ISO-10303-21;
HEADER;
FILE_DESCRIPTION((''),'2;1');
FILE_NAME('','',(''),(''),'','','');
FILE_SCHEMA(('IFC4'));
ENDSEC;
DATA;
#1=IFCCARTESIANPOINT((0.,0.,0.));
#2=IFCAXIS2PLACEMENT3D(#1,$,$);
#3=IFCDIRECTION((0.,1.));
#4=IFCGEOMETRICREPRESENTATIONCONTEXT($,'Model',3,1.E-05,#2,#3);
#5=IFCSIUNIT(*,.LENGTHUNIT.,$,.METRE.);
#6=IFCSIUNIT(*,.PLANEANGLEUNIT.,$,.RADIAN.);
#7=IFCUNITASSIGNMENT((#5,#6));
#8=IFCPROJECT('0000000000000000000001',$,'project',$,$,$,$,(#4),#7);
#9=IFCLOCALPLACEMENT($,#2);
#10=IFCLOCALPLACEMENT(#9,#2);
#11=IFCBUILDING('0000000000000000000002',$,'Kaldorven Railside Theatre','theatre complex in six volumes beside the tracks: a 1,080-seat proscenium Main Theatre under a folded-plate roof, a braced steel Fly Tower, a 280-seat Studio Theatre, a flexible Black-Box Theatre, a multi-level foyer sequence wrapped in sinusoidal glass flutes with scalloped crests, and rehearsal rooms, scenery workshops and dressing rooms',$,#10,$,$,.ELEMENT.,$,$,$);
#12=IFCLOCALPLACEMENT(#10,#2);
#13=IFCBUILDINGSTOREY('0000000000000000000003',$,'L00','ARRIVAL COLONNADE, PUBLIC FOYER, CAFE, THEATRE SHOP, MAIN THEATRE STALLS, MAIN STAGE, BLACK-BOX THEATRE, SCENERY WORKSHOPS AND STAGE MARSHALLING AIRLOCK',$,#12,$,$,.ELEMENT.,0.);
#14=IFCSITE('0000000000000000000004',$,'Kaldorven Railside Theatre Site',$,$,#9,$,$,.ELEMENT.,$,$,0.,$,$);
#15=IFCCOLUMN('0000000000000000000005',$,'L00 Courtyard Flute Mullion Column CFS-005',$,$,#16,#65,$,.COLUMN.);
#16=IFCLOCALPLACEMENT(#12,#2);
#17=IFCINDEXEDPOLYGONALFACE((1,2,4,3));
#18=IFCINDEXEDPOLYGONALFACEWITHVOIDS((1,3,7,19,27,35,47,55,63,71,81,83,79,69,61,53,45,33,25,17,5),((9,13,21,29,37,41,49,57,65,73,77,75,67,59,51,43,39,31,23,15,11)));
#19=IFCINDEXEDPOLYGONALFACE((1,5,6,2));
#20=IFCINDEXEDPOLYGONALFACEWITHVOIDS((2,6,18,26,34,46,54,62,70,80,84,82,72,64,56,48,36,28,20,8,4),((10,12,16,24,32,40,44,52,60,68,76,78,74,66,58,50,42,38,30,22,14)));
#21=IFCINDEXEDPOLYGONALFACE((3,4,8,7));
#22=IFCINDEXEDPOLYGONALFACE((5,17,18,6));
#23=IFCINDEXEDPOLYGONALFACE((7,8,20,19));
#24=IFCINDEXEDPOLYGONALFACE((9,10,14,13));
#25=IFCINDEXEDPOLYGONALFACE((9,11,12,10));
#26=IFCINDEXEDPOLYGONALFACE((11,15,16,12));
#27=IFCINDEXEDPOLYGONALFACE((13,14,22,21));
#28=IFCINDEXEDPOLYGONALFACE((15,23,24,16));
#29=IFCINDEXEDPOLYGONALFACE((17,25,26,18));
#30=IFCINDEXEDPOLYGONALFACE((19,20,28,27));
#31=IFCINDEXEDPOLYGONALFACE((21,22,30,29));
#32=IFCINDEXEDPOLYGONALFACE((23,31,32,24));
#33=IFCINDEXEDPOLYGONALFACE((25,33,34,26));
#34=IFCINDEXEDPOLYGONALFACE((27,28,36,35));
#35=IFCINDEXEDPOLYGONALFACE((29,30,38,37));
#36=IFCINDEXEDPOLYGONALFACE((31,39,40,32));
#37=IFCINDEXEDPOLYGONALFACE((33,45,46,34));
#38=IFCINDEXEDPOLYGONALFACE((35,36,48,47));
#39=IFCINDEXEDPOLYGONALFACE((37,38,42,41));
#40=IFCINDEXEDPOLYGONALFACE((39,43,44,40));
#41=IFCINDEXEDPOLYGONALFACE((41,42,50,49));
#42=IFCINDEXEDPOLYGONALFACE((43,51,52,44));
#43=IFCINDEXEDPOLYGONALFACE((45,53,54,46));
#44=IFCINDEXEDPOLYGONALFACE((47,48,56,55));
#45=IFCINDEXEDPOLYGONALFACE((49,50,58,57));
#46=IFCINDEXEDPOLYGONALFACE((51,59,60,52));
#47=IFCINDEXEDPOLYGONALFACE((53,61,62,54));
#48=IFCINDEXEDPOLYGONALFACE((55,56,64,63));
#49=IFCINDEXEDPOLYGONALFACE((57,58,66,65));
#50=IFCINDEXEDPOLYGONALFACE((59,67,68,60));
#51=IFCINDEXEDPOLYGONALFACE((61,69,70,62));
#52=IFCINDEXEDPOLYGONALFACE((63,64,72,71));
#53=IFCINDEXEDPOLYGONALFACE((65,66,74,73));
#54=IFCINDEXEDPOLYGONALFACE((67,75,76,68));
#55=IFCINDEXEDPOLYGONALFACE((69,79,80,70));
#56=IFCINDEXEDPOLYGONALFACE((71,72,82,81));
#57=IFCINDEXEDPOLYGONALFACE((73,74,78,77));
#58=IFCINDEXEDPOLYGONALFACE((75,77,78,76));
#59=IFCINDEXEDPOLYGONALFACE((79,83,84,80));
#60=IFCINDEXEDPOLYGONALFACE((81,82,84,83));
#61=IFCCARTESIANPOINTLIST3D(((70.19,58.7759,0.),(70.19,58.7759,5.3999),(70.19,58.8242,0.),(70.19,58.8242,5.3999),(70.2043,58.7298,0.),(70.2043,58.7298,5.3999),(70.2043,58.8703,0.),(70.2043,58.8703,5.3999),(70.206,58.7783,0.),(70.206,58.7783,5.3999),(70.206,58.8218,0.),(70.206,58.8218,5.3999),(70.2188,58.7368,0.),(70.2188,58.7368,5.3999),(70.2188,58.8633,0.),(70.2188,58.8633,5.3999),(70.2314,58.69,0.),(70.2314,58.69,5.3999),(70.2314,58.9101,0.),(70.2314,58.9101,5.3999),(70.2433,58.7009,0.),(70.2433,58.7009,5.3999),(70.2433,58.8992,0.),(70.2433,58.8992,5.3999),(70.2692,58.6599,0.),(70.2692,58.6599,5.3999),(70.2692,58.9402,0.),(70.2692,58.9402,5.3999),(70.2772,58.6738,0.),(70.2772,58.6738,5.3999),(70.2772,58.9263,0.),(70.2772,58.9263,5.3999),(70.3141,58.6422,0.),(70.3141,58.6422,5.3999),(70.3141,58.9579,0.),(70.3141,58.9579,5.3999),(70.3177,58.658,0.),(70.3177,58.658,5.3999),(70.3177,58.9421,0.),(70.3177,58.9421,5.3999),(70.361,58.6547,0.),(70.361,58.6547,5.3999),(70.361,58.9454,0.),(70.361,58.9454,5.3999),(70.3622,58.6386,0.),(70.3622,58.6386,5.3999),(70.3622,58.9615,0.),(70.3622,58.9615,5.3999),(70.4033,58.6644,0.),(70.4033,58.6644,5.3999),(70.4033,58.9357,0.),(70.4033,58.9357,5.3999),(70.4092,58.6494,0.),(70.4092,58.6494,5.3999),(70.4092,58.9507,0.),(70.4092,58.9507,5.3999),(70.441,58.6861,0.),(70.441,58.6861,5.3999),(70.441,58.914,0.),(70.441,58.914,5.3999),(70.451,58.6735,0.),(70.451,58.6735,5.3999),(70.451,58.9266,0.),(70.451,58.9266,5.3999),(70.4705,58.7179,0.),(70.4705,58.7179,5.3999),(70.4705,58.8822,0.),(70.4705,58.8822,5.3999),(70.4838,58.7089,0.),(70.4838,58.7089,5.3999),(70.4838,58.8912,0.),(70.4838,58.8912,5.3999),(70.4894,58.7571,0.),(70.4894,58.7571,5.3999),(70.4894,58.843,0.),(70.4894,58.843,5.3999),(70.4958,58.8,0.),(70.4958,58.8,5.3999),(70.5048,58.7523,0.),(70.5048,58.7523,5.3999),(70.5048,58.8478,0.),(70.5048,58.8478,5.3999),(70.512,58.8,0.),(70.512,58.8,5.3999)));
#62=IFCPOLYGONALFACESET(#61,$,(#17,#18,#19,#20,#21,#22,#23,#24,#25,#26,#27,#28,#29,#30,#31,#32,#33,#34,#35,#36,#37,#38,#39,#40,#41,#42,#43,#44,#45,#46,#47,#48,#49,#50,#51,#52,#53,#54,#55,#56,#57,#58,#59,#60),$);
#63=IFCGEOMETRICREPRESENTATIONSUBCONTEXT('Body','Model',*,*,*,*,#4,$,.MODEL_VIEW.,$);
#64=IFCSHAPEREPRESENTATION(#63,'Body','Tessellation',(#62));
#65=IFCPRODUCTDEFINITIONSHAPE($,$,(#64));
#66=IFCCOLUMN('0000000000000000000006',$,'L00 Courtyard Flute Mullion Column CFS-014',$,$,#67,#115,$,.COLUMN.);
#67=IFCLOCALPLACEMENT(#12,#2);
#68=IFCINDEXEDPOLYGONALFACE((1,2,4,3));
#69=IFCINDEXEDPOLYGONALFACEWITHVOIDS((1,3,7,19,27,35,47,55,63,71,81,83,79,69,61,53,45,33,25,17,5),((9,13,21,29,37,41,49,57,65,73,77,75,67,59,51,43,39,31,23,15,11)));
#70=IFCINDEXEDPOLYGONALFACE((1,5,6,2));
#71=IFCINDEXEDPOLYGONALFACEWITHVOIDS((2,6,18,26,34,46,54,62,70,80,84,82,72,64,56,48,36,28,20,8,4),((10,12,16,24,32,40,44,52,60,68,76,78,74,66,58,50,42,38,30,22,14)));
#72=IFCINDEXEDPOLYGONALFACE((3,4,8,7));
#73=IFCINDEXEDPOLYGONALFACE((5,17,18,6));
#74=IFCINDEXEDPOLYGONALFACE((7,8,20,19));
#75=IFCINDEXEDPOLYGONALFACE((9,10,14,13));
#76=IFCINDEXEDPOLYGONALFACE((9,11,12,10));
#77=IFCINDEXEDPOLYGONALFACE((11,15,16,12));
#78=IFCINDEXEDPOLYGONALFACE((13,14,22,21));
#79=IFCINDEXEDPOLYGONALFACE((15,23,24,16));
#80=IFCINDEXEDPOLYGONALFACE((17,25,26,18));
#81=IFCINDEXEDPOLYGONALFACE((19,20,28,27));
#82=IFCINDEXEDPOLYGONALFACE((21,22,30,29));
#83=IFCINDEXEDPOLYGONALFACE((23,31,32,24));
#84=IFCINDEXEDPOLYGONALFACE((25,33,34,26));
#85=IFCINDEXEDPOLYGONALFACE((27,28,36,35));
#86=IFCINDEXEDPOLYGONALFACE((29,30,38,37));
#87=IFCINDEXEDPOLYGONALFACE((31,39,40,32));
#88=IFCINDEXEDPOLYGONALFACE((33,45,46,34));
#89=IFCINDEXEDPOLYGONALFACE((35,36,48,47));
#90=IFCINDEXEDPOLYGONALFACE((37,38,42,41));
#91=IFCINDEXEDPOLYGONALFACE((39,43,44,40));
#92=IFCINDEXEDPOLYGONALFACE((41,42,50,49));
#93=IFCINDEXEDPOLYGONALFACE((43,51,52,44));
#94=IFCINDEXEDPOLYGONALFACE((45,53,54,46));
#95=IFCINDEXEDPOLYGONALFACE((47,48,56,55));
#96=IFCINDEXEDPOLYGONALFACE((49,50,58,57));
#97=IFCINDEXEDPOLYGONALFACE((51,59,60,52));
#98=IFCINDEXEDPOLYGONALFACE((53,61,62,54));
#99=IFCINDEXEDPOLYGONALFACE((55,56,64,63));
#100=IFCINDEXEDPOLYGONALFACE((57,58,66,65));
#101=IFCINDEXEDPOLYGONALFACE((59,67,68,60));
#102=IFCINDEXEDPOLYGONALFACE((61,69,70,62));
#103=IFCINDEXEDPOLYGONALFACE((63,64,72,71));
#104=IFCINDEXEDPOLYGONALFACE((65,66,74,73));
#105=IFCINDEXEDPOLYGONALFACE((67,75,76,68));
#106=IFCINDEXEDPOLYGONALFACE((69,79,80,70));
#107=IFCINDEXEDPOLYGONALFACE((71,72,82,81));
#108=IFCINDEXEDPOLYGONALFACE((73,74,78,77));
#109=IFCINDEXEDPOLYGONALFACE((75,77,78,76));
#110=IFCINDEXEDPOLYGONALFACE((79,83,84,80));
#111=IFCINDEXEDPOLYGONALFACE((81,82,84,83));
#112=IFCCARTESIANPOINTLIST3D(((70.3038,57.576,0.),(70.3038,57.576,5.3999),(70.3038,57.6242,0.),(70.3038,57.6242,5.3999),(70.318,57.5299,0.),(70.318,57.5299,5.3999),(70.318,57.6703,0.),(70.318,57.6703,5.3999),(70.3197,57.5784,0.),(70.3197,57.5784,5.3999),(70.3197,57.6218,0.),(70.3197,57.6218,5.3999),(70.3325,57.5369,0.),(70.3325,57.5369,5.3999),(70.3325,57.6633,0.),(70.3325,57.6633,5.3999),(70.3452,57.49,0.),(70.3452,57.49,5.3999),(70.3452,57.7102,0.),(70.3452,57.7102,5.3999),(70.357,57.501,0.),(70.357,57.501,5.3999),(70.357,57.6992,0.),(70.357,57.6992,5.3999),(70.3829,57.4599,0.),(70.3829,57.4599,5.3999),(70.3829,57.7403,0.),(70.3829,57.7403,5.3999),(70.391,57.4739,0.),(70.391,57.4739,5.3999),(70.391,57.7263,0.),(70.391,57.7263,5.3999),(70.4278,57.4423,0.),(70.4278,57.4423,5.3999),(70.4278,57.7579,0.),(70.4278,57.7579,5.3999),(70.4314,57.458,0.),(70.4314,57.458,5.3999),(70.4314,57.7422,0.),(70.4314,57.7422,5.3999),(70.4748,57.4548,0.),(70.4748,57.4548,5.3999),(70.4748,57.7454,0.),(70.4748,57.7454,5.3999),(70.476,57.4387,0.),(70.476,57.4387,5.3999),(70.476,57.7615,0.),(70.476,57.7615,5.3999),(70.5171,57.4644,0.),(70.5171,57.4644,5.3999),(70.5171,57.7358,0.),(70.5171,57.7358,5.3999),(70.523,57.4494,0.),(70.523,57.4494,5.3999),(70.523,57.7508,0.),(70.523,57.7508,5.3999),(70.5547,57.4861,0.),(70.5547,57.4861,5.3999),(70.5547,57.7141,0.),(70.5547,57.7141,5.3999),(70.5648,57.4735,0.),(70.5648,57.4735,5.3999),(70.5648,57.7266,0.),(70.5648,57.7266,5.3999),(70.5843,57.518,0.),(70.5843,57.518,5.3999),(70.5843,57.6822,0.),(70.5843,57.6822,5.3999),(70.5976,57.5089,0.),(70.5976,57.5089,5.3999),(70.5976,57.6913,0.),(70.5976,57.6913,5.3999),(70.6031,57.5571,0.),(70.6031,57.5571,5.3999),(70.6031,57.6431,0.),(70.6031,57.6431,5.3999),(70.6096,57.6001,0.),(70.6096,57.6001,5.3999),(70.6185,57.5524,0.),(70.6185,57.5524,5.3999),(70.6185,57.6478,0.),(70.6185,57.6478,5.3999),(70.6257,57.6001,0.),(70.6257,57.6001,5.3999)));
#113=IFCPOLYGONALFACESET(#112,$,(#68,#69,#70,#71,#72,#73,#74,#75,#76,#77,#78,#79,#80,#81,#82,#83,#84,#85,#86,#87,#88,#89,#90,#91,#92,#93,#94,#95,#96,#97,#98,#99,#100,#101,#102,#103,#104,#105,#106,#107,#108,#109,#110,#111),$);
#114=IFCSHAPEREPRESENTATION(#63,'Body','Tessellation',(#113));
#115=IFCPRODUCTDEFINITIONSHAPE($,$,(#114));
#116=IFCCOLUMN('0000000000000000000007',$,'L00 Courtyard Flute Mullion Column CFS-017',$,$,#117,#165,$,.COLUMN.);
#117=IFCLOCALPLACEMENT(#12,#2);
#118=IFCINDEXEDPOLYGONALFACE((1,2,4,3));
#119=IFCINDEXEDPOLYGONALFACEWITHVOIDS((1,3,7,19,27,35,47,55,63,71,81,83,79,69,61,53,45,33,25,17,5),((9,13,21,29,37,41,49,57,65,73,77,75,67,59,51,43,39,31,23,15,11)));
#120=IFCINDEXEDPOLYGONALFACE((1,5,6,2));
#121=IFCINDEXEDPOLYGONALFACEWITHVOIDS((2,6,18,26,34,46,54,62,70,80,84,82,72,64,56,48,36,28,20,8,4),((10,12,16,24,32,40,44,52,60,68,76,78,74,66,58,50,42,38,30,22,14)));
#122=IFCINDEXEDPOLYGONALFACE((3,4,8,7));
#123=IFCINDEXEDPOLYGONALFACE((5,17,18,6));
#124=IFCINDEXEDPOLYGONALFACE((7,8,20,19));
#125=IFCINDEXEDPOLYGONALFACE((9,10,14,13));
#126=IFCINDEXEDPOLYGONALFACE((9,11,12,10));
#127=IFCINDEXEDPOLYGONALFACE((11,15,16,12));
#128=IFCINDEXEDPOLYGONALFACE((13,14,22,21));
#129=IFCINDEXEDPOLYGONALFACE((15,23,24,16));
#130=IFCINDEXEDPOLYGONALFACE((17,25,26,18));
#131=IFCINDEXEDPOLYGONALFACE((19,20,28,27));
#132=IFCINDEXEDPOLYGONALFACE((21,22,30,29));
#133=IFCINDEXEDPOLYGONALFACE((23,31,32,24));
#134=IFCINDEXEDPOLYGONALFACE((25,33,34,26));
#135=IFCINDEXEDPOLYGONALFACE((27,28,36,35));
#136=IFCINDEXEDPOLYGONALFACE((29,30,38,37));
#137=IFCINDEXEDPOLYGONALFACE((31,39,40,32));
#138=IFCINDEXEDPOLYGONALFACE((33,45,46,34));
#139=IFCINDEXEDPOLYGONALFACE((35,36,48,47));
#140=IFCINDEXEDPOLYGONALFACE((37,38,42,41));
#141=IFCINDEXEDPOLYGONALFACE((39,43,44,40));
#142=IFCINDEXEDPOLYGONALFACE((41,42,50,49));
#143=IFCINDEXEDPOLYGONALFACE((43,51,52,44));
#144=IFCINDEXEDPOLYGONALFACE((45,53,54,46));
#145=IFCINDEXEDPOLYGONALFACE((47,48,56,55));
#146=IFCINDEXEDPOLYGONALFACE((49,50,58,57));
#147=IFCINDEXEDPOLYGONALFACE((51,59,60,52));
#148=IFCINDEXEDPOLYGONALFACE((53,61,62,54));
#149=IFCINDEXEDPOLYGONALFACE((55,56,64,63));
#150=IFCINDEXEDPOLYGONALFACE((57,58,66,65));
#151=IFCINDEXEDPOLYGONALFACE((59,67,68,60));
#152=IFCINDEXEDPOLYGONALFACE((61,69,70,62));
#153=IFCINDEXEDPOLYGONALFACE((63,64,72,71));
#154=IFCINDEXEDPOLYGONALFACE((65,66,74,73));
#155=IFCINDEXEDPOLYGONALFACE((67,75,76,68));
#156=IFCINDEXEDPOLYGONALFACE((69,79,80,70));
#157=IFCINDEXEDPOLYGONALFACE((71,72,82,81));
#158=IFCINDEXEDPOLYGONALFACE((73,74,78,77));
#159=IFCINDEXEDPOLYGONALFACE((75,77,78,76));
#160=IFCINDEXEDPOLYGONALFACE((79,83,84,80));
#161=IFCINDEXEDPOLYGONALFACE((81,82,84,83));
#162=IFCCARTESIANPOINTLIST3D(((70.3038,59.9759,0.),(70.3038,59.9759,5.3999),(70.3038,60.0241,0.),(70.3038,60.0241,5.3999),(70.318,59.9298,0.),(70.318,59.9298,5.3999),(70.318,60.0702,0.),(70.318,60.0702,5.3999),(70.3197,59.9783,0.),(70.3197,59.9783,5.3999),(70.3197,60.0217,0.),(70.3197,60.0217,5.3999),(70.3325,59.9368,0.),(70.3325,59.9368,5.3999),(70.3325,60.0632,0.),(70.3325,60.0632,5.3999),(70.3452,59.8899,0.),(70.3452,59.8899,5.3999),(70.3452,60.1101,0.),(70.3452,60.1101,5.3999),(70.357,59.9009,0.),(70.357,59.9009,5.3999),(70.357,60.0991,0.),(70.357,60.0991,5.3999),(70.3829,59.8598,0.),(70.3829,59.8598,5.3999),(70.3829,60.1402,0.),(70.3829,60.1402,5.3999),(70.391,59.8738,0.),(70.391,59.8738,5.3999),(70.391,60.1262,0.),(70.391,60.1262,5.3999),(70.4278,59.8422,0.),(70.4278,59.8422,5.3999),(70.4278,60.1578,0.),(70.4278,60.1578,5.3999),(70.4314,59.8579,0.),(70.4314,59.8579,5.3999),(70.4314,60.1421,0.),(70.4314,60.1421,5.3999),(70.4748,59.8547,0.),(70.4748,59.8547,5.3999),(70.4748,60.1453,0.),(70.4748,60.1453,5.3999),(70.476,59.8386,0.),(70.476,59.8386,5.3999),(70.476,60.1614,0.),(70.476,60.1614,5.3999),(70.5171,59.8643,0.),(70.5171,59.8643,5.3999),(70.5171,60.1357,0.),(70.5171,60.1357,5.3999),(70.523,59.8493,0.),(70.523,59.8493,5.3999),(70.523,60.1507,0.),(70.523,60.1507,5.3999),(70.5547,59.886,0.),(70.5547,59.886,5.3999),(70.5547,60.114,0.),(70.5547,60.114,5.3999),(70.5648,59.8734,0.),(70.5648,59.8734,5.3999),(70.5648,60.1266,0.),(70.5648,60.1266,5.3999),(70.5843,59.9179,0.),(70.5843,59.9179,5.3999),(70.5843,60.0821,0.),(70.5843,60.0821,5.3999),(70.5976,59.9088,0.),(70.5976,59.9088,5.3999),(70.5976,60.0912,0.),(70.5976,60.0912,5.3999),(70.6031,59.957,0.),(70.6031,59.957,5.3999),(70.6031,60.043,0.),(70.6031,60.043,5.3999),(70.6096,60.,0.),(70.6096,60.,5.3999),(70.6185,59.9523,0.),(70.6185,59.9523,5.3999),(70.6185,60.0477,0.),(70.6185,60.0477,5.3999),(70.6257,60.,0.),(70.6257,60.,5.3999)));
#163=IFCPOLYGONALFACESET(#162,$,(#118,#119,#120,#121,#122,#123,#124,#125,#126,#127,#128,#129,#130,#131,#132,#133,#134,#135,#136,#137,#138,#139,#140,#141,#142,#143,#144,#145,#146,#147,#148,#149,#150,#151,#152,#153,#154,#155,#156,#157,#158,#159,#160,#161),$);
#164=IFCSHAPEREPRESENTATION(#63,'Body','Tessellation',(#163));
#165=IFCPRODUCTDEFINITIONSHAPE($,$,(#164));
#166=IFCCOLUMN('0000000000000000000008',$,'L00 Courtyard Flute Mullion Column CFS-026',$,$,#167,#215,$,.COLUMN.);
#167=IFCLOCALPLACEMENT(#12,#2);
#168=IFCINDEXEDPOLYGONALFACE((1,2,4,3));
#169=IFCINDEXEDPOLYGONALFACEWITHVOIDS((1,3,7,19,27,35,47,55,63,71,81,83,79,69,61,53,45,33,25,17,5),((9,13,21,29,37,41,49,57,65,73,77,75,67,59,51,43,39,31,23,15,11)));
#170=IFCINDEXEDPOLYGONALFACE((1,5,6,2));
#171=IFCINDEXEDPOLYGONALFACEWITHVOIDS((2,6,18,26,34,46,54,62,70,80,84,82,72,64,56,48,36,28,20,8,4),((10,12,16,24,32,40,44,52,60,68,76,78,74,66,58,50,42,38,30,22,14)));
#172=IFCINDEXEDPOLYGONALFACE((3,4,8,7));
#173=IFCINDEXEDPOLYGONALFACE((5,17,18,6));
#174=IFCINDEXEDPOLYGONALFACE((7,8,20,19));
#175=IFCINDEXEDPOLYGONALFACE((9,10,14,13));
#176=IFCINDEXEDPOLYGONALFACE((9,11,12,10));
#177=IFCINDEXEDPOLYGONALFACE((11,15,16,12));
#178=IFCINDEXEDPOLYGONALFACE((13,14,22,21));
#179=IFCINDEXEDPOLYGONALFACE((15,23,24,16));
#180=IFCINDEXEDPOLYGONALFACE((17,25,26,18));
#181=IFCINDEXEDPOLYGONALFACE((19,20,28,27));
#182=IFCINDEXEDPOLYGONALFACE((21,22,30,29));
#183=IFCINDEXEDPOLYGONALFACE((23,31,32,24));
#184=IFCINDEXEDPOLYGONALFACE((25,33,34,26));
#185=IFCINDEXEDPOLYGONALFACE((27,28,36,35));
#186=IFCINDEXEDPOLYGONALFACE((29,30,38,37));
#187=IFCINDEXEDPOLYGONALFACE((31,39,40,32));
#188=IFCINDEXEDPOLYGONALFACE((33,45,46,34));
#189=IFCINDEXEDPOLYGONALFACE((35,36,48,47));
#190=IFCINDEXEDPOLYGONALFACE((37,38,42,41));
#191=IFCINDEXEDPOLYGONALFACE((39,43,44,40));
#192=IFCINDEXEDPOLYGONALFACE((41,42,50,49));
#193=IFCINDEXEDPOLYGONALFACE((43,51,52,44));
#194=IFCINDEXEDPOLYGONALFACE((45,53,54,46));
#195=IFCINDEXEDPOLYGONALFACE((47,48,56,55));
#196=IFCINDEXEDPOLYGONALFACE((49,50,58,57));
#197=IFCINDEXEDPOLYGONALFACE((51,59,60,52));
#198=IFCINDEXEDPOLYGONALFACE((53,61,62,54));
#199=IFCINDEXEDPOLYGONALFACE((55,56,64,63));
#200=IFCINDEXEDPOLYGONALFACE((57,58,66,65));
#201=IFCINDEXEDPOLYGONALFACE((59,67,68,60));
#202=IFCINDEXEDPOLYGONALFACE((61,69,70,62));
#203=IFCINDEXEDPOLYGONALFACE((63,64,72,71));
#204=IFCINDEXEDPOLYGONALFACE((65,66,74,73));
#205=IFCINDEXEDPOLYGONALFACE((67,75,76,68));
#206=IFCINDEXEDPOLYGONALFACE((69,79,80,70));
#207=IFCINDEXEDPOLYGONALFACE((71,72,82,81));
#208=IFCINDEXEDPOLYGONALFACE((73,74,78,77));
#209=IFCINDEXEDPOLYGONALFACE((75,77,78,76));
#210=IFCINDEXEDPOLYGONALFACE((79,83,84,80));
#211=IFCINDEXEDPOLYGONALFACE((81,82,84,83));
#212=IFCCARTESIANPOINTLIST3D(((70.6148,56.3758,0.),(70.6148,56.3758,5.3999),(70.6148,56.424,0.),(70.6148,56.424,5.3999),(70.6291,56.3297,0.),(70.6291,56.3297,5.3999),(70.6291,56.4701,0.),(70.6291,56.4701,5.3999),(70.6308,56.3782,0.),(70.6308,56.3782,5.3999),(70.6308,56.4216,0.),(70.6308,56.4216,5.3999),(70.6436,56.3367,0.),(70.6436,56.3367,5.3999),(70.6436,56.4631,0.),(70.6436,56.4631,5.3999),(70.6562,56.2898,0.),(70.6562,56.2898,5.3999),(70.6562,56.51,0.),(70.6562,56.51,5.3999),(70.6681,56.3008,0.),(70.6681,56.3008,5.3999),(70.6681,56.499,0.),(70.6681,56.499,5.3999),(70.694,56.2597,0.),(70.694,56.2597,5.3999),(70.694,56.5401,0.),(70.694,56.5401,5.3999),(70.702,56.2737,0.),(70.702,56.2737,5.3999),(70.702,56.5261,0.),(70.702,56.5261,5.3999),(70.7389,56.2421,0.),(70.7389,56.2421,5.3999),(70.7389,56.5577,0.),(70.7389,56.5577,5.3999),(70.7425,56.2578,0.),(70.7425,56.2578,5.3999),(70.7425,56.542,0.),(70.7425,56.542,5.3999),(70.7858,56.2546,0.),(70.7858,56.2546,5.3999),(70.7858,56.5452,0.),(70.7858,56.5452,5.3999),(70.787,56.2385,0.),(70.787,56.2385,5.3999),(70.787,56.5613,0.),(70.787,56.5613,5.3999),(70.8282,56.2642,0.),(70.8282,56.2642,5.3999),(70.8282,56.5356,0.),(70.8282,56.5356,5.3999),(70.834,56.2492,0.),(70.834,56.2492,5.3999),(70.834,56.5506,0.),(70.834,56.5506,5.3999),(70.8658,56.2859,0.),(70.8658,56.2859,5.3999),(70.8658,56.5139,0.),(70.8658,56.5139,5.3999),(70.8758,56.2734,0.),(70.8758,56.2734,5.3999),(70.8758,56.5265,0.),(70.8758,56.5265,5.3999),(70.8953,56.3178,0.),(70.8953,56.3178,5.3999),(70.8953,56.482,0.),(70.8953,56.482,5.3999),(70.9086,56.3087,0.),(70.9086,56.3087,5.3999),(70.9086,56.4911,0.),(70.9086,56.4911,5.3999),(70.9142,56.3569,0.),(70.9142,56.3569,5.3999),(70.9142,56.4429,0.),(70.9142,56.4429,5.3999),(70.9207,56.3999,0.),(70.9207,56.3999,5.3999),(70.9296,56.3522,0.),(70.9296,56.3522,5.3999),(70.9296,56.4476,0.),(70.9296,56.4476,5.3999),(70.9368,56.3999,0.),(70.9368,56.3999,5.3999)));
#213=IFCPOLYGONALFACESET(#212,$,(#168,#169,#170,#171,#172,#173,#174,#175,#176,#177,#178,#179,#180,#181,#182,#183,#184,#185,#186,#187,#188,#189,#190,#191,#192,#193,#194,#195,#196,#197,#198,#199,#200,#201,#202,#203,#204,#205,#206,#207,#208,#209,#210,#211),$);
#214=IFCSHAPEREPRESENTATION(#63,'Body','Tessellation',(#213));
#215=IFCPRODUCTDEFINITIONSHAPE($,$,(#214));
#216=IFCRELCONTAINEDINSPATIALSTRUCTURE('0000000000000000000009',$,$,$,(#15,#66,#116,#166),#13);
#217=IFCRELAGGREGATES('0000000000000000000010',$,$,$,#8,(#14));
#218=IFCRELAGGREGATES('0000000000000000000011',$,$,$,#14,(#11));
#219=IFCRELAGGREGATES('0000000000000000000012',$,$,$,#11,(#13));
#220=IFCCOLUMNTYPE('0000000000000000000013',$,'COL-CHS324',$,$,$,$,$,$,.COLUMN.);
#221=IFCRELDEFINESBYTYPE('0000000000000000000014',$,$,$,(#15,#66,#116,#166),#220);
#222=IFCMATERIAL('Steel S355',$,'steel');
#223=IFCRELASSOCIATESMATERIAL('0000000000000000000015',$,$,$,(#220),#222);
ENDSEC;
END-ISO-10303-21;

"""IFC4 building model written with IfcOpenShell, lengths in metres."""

from ifc_helpers import new_model, si_unit, direction, frame, origin, origin_2d, place, context, subcontext, project, spatial, hollow_circle, extrude, material, material_profile, profile_set, type_object, element, save


model = new_model("IFC4")

# Units and contexts
model_context = context("Model", 3, precision=1e-05, world=origin(), true_north=direction((0.0, 1.0)))
body_context = subcontext(model_context, "Body", "Model", "MODEL_VIEW")
ifc_project = project(units=[si_unit("LENGTHUNIT", "METRE"), si_unit("PLANEANGLEUNIT", "RADIAN")], contexts=[model_context])

# Site, building, storey
site_placement = place(None, origin())
site = spatial("IfcSite", under=ifc_project, at=site_placement, Name="Kaldorven Railside Theatre Site", CompositionType="ELEMENT", RefElevation=0.0)
building_placement = place(site_placement, origin())
building = spatial("IfcBuilding", under=site, at=building_placement, Name="Kaldorven Railside Theatre", Description="theatre complex in six volumes beside the tracks: a 1,080-seat proscenium Main Theatre under a folded-plate roof, a braced steel Fly Tower, a 280-seat Studio Theatre, a flexible Black-Box Theatre, a multi-level foyer sequence wrapped in sinusoidal glass flutes with scalloped crests, and rehearsal rooms, scenery workshops and dressing rooms", CompositionType="ELEMENT")
storey_placement = place(building_placement, origin())
storey = spatial("IfcBuildingStorey", under=building, at=storey_placement, Name="L00", Description="ARRIVAL COLONNADE, PUBLIC FOYER, CAFE, THEATRE SHOP, MAIN THEATRE STALLS, MAIN STAGE, BLACK-BOX THEATRE, SCENERY WORKSHOPS AND STAGE MARSHALLING AIRLOCK", CompositionType="ELEMENT", Elevation=0.0)

# Columns
ifc_material_1 = material(Name="Steel S355", Category="steel")
ifc_material_profile_1 = material_profile(ifc_material_1, hollow_circle(Radius=0.1619, WallThickness=0.0161, at=origin_2d()), Name="CHS 323.9x16")
ifc_profile_set_1 = profile_set([ifc_material_profile_1], Name="Steel S355")
column_type_1 = type_object("IfcColumnType", Name="COL-CHS324", PredefinedType="COLUMN", material=ifc_profile_set_1)
for number, where, z_axis, x_axis, name in (
    (1, (70.3501, 58.8, 0.0), (0.0, 0.0, 1.0), (1.0, 0.0, 0.0), "L00 Courtyard Flute Mullion Column CFS-005"),
    (2, (70.4639, 57.6001, 0.0), (0.0, 0.0, 1.0), (1.0, 0.0, 0.0), "L00 Courtyard Flute Mullion Column CFS-014"),
    (3, (70.4639, 60.0, 0.0), (0.0, 0.0, 1.0), (1.0, 0.0, 0.0), "L00 Courtyard Flute Mullion Column CFS-017"),
    (4, (70.7749, 56.3999, 0.0), (0.0, 0.0, 1.0), (1.0, 0.0, 0.0), "L00 Courtyard Flute Mullion Column CFS-026"),
):
    element("IfcColumn", number, at=place(storey_placement, frame(where, z_axis=z_axis, x_axis=x_axis)), inside=storey, type_object=column_type_1, Name=name, PredefinedType="COLUMN", context=body_context, shape_type="SweptSolid", body=[
        extrude(hollow_circle(Radius=0.1619, WallThickness=0.0161, at=origin_2d()), origin(), (0.0, 0.0, 1.0), 5.3999),
    ])

save(model, "model.ifc")
